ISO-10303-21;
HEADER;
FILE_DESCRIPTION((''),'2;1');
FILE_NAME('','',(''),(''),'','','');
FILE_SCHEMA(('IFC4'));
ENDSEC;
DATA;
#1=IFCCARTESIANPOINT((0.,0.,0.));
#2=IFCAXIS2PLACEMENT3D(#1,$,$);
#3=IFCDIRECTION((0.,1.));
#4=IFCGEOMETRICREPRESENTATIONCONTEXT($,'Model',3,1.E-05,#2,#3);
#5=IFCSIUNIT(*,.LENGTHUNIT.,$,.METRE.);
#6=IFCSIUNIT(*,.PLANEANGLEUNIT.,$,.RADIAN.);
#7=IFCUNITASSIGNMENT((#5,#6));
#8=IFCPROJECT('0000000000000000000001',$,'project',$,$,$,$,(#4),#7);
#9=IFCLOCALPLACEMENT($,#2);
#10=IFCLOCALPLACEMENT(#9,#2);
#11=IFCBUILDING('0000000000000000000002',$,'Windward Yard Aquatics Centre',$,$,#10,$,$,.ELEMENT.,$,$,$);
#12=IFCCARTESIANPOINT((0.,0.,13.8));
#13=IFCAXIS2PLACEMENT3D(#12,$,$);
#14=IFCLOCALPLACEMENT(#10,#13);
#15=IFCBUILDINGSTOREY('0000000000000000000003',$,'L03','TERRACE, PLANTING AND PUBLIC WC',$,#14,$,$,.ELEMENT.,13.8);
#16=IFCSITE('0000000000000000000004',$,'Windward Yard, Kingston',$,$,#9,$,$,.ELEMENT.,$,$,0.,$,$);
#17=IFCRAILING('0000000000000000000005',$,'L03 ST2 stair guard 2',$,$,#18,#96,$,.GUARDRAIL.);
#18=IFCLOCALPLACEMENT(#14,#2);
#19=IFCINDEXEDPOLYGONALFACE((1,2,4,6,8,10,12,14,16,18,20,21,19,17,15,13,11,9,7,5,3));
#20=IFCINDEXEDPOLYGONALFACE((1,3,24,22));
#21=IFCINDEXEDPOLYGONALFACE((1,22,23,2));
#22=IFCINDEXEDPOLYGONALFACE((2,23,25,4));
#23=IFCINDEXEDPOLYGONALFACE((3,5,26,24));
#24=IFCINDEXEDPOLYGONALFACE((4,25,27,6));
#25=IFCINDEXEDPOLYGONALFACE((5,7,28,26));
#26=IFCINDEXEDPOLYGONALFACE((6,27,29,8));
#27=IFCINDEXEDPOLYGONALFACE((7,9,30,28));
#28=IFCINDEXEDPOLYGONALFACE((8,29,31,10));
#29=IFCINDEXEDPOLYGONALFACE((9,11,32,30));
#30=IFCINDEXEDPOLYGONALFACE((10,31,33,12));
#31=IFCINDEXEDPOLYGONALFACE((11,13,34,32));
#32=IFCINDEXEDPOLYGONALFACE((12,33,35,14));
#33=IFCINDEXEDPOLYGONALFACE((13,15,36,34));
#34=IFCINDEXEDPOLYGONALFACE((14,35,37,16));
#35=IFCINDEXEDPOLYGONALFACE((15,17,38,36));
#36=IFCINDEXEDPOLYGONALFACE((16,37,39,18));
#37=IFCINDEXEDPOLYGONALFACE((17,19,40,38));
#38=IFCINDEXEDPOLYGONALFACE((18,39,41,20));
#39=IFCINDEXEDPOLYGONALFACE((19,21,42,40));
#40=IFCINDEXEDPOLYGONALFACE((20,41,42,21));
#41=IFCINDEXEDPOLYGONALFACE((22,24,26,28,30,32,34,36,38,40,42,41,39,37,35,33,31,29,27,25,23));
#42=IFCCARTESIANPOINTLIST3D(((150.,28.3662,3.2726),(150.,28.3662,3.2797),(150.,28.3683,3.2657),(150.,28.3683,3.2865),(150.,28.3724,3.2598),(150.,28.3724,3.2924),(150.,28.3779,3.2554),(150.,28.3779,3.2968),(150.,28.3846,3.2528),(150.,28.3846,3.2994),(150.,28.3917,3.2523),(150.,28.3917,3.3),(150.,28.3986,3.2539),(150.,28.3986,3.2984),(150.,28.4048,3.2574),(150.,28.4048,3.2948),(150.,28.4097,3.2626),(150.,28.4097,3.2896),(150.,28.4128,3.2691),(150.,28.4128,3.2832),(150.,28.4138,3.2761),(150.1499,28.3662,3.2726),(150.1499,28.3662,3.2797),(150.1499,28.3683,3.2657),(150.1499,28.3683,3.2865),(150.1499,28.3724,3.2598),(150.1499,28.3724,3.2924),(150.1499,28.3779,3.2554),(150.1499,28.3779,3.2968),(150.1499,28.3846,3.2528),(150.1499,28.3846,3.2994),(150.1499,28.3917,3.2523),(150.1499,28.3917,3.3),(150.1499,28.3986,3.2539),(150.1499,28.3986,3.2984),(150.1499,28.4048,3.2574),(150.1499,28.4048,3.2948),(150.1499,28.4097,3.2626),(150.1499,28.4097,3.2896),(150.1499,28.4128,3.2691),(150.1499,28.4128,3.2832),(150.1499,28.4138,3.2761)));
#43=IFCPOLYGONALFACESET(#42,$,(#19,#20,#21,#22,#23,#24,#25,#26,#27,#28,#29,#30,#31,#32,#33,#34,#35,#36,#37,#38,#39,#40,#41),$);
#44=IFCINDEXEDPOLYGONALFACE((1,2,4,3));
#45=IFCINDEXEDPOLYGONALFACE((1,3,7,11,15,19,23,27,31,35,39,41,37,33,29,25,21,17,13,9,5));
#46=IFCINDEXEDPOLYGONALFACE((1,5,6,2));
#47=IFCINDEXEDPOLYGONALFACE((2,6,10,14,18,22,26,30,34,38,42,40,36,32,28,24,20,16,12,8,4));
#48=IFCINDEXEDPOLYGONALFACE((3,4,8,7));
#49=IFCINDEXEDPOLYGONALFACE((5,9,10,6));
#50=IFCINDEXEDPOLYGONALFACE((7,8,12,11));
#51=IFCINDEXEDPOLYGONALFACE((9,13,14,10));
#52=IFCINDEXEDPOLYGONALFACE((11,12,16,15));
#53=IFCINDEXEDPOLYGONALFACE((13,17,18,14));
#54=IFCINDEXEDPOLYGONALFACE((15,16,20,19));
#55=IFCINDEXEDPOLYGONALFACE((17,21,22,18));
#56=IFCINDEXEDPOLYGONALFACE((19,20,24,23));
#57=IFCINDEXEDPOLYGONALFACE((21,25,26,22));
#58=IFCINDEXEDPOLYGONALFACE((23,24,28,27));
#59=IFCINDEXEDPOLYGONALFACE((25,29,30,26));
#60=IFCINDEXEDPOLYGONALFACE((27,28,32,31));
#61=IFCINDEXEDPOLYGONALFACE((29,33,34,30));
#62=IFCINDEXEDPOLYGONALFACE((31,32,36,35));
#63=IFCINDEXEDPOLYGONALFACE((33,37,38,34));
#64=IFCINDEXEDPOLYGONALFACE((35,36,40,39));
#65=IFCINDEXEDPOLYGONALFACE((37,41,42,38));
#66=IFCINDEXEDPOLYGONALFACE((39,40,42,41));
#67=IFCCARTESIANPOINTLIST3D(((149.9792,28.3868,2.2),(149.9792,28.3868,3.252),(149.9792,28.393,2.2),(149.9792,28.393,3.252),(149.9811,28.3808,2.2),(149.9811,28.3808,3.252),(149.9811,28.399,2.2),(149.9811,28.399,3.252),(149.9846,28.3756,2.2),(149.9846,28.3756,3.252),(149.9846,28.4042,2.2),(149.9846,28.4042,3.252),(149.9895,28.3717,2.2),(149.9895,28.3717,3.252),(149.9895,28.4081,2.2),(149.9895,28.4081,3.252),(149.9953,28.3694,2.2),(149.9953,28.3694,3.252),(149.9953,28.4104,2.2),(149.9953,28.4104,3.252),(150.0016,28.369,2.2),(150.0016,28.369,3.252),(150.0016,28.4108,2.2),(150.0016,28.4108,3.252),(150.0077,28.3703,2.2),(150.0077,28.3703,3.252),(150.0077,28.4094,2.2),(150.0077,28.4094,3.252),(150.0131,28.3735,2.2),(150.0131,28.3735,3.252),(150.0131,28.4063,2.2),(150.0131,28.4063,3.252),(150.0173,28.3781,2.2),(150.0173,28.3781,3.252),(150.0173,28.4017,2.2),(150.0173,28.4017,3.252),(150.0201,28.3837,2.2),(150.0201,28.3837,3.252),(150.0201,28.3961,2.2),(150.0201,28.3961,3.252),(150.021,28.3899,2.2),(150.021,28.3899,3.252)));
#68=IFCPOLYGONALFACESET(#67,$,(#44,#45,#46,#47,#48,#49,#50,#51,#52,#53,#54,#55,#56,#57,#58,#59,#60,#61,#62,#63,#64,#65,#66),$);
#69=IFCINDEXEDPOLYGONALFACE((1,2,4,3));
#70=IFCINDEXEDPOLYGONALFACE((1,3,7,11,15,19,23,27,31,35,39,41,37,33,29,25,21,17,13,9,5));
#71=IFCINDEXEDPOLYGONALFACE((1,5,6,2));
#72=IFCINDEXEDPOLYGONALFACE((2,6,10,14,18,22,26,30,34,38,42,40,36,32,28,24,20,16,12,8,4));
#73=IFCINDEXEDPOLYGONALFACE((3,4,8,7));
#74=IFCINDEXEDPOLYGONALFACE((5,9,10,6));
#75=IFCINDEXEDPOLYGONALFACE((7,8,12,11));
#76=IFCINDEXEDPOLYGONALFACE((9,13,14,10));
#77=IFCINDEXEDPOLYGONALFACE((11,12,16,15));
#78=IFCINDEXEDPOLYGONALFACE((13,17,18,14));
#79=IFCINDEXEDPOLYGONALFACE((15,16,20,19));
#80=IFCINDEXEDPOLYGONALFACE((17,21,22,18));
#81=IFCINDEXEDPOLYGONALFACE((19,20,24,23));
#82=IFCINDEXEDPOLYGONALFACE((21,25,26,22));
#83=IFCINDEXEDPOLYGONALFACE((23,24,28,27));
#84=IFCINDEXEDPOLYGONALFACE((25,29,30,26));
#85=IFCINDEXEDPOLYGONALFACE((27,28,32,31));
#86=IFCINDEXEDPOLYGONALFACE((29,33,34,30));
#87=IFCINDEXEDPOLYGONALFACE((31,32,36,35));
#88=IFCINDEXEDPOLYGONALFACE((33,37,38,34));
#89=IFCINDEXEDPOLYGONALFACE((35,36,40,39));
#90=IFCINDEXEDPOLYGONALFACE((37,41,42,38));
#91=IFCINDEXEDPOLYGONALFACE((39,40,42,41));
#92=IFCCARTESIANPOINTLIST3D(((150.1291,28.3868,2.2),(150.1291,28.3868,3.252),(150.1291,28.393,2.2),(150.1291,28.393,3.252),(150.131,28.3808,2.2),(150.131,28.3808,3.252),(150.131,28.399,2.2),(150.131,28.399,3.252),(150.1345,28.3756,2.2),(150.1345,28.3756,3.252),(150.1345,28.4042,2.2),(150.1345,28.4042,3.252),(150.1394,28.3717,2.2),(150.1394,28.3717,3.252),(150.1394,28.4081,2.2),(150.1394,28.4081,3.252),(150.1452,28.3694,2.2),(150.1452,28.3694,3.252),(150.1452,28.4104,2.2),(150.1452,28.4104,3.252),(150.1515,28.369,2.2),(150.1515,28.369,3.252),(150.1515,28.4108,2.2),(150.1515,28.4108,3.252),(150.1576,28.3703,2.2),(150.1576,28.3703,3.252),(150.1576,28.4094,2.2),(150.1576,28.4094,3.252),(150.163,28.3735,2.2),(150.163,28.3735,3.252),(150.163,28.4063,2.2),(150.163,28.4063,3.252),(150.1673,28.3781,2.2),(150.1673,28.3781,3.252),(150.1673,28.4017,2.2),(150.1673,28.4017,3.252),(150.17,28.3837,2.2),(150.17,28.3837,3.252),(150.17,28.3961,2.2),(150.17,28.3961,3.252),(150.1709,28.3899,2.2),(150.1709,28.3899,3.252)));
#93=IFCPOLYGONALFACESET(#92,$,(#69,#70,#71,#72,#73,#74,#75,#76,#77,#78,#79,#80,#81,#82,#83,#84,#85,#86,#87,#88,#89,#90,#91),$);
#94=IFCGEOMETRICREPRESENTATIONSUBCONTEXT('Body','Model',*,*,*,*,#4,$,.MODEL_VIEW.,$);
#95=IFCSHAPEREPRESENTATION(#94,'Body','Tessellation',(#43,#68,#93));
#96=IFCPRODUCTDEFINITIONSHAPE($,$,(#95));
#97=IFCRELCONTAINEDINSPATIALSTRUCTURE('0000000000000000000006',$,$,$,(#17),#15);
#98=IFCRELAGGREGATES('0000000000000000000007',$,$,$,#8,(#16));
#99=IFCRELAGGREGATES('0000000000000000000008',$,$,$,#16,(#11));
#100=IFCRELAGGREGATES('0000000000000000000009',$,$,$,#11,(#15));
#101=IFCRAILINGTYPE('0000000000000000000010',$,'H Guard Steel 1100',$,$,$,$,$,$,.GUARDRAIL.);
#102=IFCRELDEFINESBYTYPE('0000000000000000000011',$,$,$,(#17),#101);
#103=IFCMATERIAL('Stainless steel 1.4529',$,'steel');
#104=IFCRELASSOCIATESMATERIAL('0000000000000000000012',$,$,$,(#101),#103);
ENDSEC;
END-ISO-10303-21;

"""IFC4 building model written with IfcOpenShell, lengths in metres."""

from ifc_helpers import new_model, si_unit, direction, frame, origin, origin_2d, place, context, subcontext, project, spatial, circle, extrude, material, type_object, element, save


model = new_model("IFC4")

# Units and contexts
model_context = context("Model", 3, precision=1e-05, world=origin(), true_north=direction((0.0, 1.0)))
body_context = subcontext(model_context, "Body", "Model", "MODEL_VIEW")
ifc_project = project(units=[si_unit("LENGTHUNIT", "METRE"), si_unit("PLANEANGLEUNIT", "RADIAN")], contexts=[model_context])

# Site, building, storey
site_placement = place(None, origin())
site = spatial("IfcSite", under=ifc_project, at=site_placement, Name="Windward Yard, Kingston", CompositionType="ELEMENT", RefElevation=0.0)
building_placement = place(site_placement, origin())
building = spatial("IfcBuilding", under=site, at=building_placement, Name="Windward Yard Aquatics Centre", CompositionType="ELEMENT")
storey_placement = place(building_placement, frame((0.0, 0.0, 13.8)))
storey = spatial("IfcBuildingStorey", under=building, at=storey_placement, Name="L03", Description="TERRACE, PLANTING AND PUBLIC WC", CompositionType="ELEMENT", Elevation=13.8)

# Railing
ifc_material_1 = material(Name="Stainless steel 1.4529", Category="steel")
railing_type_1 = type_object("IfcRailingType", Name="H Guard Steel 1100", PredefinedType="GUARDRAIL", material=ifc_material_1)
railing_1_placement = place(storey_placement, frame((150.0, 28.3899, 2.2)))
element("IfcRailing", 1, at=railing_1_placement, inside=storey, type_object=railing_type_1, Name="L03 ST2 stair guard 2", PredefinedType="GUARDRAIL", context=body_context, shape_type="SweptSolid", body=[
    extrude(circle(Radius=0.0239, at=origin_2d()), frame((0.0, 0.0, 1.0762), z_axis=(1.0, 0.0, 0.0), x_axis=(0.0, 1.0, 0.0)), (0.0, 0.0, 1.0), 0.1499),
    extrude(circle(Radius=0.021, at=origin_2d()), origin(), (0.0, 0.0, 1.0), 1.052),
    extrude(circle(Radius=0.021, at=origin_2d()), frame((0.1499, 0.0, 0.0)), (0.0, 0.0, 1.0), 1.052),
])

save(model, "model.ifc")
